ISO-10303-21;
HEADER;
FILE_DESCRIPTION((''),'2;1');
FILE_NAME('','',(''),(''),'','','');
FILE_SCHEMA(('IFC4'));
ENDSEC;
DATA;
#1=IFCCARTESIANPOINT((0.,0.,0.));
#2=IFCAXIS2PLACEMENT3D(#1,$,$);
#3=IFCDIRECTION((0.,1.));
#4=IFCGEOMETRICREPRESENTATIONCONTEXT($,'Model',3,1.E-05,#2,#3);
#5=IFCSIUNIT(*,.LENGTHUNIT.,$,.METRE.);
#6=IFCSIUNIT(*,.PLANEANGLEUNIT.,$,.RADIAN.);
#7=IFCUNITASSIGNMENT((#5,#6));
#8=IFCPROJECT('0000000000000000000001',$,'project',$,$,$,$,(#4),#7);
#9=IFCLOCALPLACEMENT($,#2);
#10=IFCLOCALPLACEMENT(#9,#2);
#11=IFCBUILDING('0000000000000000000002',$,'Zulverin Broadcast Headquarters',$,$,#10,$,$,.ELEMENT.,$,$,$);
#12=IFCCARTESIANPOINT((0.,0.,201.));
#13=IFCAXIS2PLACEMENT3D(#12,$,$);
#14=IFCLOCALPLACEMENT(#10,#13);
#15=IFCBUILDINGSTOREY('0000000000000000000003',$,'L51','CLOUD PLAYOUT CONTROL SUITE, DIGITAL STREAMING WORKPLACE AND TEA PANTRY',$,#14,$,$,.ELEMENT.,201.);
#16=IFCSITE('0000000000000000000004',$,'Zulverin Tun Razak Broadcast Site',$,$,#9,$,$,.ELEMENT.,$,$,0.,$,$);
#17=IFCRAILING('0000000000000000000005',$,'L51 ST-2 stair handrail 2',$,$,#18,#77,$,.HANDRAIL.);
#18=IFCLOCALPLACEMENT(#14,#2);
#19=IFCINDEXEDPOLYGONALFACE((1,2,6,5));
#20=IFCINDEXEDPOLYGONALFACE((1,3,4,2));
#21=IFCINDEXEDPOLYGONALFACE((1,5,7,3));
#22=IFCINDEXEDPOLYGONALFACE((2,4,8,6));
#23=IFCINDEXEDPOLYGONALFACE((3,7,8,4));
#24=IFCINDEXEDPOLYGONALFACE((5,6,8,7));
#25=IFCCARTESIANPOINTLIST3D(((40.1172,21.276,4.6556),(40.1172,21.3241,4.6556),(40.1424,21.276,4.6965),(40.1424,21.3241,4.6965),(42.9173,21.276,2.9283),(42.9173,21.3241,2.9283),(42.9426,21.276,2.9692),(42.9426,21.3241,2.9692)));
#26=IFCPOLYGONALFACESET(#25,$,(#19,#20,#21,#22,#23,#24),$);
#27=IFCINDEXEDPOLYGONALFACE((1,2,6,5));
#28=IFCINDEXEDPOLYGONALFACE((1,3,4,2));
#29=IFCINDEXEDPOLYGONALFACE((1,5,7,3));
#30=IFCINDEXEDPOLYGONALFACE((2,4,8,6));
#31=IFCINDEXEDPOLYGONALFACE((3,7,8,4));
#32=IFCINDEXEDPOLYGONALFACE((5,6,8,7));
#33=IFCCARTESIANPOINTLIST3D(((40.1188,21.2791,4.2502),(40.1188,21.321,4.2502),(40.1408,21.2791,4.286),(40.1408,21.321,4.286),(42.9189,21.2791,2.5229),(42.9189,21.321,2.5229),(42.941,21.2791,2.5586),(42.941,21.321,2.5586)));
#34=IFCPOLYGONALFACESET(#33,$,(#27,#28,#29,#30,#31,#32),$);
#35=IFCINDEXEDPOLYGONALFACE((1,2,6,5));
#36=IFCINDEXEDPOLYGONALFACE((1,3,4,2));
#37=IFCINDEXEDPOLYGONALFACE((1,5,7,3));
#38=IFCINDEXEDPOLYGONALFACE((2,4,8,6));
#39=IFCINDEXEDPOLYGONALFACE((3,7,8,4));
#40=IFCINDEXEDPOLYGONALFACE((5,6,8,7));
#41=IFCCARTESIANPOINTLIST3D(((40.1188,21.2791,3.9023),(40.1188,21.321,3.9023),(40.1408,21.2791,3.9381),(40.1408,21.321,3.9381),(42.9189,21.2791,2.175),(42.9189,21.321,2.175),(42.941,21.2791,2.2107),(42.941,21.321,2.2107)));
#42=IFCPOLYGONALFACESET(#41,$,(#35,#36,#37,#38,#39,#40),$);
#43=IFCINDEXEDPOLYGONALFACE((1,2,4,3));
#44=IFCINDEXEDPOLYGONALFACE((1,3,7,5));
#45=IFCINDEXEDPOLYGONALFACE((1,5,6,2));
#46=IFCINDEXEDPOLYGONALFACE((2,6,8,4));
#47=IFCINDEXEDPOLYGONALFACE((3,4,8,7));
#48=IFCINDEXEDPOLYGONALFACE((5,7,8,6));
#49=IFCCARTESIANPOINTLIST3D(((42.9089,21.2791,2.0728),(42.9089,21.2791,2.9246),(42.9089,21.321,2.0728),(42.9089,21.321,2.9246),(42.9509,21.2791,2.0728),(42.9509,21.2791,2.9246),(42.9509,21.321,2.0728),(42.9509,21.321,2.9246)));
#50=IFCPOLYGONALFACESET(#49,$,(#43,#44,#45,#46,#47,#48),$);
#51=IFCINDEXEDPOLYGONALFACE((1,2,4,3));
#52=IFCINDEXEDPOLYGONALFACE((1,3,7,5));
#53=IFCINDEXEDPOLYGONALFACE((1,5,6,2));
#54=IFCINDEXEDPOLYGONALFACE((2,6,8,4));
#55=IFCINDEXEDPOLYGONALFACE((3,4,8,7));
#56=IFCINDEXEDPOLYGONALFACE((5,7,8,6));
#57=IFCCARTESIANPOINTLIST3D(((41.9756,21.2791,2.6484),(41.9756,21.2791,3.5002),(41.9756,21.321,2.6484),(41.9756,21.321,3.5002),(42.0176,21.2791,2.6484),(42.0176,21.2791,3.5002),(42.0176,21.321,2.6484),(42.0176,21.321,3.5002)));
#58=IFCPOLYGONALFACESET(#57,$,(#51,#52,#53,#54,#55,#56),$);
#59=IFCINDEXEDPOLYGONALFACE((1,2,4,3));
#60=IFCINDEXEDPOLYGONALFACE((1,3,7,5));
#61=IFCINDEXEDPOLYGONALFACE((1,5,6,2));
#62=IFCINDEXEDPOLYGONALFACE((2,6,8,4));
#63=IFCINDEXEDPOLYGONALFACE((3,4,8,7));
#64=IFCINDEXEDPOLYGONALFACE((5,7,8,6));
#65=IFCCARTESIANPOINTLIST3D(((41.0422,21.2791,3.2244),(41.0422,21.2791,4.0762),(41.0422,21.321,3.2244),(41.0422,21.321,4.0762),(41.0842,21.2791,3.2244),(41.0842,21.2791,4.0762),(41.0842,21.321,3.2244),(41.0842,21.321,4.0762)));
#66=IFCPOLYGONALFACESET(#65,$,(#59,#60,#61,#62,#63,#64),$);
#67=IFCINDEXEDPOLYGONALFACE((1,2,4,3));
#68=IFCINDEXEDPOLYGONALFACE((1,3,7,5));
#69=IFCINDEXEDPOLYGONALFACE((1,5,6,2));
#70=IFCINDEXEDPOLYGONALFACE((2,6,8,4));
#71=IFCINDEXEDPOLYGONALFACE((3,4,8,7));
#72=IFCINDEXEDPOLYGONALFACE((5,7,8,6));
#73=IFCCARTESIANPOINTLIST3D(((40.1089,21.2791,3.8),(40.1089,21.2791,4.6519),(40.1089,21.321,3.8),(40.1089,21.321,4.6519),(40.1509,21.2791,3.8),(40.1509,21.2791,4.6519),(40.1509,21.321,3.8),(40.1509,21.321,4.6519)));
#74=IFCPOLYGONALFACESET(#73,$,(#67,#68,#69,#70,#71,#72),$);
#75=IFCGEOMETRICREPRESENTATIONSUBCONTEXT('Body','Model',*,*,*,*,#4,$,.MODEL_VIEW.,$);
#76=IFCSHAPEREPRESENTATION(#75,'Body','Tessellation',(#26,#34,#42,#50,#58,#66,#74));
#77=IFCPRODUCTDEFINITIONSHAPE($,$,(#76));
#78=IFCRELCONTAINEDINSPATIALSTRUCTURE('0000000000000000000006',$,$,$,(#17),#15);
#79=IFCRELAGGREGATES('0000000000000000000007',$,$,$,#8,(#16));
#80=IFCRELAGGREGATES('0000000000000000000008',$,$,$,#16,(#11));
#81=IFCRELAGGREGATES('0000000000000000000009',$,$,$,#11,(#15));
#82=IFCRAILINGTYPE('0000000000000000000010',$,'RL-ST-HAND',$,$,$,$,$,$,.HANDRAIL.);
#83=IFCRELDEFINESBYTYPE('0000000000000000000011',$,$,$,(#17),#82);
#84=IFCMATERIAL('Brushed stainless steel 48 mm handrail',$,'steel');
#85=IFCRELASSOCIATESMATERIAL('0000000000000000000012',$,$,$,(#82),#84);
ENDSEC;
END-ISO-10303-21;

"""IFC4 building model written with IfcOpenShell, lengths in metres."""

from ifc_helpers import new_model, si_unit, direction, frame, origin, origin_2d, place, context, subcontext, project, spatial, rectangle, extrude, material, type_object, element, save


model = new_model("IFC4")

# Units and contexts
model_context = context("Model", 3, precision=1e-05, world=origin(), true_north=direction((0.0, 1.0)))
body_context = subcontext(model_context, "Body", "Model", "MODEL_VIEW")
ifc_project = project(units=[si_unit("LENGTHUNIT", "METRE"), si_unit("PLANEANGLEUNIT", "RADIAN")], contexts=[model_context])

# Site, building, storey
site_placement = place(None, origin())
site = spatial("IfcSite", under=ifc_project, at=site_placement, Name="Zulverin Tun Razak Broadcast Site", CompositionType="ELEMENT", RefElevation=0.0)
building_placement = place(site_placement, origin())
building = spatial("IfcBuilding", under=site, at=building_placement, Name="Zulverin Broadcast Headquarters", CompositionType="ELEMENT")
storey_placement = place(building_placement, frame((0.0, 0.0, 201.0)))
storey = spatial("IfcBuildingStorey", under=building, at=storey_placement, Name="L51", Description="CLOUD PLAYOUT CONTROL SUITE, DIGITAL STREAMING WORKPLACE AND TEA PANTRY", CompositionType="ELEMENT", Elevation=201.0)

# Railing
ifc_material_1 = material(Name="Brushed stainless steel 48 mm handrail", Category="steel")
railing_type_1 = type_object("IfcRailingType", Name="RL-ST-HAND", PredefinedType="HANDRAIL", material=ifc_material_1)
railing_1_placement = place(storey_placement, frame((42.9299, 21.3, 2.0728)))
element("IfcRailing", 1, at=railing_1_placement, inside=storey, type_object=railing_type_1, Name="L51 ST-2 stair handrail 2", PredefinedType="HANDRAIL", context=body_context, shape_type="SweptSolid", body=[
    extrude(rectangle(XDim=0.0481, YDim=0.0481, at=origin_2d()), frame((0.0, 0.0, 0.876), z_axis=(-0.85109, 0.0, 0.52502), x_axis=(0.0, -1.0, 0.0)), (0.0, 0.0, 1.0), 3.29),
    extrude(rectangle(XDim=0.042, YDim=0.042, at=origin_2d()), frame((0.0, 0.0, 0.468), z_axis=(-0.85109, 0.0, 0.52502), x_axis=(0.0, -1.0, 0.0)), (0.0, 0.0, 1.0), 3.29),
    extrude(rectangle(XDim=0.042, YDim=0.042, at=origin_2d()), frame((0.0, 0.0, 0.1201), z_axis=(-0.85109, 0.0, 0.52502), x_axis=(0.0, -1.0, 0.0)), (0.0, 0.0, 1.0), 3.29),
    extrude(rectangle(XDim=0.042, YDim=0.042, at=origin_2d()), origin(), (0.0, 0.0, 1.0), 0.8518),
    extrude(rectangle(XDim=0.042, YDim=0.042, at=origin_2d()), frame((-0.9333, 0.0, 0.5757)), (0.0, 0.0, 1.0), 0.8518),
    extrude(rectangle(XDim=0.042, YDim=0.042, at=origin_2d()), frame((-1.8667, 0.0, 1.1516)), (0.0, 0.0, 1.0), 0.8518),
    extrude(rectangle(XDim=0.042, YDim=0.042, at=origin_2d()), frame((-2.8, 0.0, 1.7273)), (0.0, 0.0, 1.0), 0.8518),
])

save(model, "model.ifc")
